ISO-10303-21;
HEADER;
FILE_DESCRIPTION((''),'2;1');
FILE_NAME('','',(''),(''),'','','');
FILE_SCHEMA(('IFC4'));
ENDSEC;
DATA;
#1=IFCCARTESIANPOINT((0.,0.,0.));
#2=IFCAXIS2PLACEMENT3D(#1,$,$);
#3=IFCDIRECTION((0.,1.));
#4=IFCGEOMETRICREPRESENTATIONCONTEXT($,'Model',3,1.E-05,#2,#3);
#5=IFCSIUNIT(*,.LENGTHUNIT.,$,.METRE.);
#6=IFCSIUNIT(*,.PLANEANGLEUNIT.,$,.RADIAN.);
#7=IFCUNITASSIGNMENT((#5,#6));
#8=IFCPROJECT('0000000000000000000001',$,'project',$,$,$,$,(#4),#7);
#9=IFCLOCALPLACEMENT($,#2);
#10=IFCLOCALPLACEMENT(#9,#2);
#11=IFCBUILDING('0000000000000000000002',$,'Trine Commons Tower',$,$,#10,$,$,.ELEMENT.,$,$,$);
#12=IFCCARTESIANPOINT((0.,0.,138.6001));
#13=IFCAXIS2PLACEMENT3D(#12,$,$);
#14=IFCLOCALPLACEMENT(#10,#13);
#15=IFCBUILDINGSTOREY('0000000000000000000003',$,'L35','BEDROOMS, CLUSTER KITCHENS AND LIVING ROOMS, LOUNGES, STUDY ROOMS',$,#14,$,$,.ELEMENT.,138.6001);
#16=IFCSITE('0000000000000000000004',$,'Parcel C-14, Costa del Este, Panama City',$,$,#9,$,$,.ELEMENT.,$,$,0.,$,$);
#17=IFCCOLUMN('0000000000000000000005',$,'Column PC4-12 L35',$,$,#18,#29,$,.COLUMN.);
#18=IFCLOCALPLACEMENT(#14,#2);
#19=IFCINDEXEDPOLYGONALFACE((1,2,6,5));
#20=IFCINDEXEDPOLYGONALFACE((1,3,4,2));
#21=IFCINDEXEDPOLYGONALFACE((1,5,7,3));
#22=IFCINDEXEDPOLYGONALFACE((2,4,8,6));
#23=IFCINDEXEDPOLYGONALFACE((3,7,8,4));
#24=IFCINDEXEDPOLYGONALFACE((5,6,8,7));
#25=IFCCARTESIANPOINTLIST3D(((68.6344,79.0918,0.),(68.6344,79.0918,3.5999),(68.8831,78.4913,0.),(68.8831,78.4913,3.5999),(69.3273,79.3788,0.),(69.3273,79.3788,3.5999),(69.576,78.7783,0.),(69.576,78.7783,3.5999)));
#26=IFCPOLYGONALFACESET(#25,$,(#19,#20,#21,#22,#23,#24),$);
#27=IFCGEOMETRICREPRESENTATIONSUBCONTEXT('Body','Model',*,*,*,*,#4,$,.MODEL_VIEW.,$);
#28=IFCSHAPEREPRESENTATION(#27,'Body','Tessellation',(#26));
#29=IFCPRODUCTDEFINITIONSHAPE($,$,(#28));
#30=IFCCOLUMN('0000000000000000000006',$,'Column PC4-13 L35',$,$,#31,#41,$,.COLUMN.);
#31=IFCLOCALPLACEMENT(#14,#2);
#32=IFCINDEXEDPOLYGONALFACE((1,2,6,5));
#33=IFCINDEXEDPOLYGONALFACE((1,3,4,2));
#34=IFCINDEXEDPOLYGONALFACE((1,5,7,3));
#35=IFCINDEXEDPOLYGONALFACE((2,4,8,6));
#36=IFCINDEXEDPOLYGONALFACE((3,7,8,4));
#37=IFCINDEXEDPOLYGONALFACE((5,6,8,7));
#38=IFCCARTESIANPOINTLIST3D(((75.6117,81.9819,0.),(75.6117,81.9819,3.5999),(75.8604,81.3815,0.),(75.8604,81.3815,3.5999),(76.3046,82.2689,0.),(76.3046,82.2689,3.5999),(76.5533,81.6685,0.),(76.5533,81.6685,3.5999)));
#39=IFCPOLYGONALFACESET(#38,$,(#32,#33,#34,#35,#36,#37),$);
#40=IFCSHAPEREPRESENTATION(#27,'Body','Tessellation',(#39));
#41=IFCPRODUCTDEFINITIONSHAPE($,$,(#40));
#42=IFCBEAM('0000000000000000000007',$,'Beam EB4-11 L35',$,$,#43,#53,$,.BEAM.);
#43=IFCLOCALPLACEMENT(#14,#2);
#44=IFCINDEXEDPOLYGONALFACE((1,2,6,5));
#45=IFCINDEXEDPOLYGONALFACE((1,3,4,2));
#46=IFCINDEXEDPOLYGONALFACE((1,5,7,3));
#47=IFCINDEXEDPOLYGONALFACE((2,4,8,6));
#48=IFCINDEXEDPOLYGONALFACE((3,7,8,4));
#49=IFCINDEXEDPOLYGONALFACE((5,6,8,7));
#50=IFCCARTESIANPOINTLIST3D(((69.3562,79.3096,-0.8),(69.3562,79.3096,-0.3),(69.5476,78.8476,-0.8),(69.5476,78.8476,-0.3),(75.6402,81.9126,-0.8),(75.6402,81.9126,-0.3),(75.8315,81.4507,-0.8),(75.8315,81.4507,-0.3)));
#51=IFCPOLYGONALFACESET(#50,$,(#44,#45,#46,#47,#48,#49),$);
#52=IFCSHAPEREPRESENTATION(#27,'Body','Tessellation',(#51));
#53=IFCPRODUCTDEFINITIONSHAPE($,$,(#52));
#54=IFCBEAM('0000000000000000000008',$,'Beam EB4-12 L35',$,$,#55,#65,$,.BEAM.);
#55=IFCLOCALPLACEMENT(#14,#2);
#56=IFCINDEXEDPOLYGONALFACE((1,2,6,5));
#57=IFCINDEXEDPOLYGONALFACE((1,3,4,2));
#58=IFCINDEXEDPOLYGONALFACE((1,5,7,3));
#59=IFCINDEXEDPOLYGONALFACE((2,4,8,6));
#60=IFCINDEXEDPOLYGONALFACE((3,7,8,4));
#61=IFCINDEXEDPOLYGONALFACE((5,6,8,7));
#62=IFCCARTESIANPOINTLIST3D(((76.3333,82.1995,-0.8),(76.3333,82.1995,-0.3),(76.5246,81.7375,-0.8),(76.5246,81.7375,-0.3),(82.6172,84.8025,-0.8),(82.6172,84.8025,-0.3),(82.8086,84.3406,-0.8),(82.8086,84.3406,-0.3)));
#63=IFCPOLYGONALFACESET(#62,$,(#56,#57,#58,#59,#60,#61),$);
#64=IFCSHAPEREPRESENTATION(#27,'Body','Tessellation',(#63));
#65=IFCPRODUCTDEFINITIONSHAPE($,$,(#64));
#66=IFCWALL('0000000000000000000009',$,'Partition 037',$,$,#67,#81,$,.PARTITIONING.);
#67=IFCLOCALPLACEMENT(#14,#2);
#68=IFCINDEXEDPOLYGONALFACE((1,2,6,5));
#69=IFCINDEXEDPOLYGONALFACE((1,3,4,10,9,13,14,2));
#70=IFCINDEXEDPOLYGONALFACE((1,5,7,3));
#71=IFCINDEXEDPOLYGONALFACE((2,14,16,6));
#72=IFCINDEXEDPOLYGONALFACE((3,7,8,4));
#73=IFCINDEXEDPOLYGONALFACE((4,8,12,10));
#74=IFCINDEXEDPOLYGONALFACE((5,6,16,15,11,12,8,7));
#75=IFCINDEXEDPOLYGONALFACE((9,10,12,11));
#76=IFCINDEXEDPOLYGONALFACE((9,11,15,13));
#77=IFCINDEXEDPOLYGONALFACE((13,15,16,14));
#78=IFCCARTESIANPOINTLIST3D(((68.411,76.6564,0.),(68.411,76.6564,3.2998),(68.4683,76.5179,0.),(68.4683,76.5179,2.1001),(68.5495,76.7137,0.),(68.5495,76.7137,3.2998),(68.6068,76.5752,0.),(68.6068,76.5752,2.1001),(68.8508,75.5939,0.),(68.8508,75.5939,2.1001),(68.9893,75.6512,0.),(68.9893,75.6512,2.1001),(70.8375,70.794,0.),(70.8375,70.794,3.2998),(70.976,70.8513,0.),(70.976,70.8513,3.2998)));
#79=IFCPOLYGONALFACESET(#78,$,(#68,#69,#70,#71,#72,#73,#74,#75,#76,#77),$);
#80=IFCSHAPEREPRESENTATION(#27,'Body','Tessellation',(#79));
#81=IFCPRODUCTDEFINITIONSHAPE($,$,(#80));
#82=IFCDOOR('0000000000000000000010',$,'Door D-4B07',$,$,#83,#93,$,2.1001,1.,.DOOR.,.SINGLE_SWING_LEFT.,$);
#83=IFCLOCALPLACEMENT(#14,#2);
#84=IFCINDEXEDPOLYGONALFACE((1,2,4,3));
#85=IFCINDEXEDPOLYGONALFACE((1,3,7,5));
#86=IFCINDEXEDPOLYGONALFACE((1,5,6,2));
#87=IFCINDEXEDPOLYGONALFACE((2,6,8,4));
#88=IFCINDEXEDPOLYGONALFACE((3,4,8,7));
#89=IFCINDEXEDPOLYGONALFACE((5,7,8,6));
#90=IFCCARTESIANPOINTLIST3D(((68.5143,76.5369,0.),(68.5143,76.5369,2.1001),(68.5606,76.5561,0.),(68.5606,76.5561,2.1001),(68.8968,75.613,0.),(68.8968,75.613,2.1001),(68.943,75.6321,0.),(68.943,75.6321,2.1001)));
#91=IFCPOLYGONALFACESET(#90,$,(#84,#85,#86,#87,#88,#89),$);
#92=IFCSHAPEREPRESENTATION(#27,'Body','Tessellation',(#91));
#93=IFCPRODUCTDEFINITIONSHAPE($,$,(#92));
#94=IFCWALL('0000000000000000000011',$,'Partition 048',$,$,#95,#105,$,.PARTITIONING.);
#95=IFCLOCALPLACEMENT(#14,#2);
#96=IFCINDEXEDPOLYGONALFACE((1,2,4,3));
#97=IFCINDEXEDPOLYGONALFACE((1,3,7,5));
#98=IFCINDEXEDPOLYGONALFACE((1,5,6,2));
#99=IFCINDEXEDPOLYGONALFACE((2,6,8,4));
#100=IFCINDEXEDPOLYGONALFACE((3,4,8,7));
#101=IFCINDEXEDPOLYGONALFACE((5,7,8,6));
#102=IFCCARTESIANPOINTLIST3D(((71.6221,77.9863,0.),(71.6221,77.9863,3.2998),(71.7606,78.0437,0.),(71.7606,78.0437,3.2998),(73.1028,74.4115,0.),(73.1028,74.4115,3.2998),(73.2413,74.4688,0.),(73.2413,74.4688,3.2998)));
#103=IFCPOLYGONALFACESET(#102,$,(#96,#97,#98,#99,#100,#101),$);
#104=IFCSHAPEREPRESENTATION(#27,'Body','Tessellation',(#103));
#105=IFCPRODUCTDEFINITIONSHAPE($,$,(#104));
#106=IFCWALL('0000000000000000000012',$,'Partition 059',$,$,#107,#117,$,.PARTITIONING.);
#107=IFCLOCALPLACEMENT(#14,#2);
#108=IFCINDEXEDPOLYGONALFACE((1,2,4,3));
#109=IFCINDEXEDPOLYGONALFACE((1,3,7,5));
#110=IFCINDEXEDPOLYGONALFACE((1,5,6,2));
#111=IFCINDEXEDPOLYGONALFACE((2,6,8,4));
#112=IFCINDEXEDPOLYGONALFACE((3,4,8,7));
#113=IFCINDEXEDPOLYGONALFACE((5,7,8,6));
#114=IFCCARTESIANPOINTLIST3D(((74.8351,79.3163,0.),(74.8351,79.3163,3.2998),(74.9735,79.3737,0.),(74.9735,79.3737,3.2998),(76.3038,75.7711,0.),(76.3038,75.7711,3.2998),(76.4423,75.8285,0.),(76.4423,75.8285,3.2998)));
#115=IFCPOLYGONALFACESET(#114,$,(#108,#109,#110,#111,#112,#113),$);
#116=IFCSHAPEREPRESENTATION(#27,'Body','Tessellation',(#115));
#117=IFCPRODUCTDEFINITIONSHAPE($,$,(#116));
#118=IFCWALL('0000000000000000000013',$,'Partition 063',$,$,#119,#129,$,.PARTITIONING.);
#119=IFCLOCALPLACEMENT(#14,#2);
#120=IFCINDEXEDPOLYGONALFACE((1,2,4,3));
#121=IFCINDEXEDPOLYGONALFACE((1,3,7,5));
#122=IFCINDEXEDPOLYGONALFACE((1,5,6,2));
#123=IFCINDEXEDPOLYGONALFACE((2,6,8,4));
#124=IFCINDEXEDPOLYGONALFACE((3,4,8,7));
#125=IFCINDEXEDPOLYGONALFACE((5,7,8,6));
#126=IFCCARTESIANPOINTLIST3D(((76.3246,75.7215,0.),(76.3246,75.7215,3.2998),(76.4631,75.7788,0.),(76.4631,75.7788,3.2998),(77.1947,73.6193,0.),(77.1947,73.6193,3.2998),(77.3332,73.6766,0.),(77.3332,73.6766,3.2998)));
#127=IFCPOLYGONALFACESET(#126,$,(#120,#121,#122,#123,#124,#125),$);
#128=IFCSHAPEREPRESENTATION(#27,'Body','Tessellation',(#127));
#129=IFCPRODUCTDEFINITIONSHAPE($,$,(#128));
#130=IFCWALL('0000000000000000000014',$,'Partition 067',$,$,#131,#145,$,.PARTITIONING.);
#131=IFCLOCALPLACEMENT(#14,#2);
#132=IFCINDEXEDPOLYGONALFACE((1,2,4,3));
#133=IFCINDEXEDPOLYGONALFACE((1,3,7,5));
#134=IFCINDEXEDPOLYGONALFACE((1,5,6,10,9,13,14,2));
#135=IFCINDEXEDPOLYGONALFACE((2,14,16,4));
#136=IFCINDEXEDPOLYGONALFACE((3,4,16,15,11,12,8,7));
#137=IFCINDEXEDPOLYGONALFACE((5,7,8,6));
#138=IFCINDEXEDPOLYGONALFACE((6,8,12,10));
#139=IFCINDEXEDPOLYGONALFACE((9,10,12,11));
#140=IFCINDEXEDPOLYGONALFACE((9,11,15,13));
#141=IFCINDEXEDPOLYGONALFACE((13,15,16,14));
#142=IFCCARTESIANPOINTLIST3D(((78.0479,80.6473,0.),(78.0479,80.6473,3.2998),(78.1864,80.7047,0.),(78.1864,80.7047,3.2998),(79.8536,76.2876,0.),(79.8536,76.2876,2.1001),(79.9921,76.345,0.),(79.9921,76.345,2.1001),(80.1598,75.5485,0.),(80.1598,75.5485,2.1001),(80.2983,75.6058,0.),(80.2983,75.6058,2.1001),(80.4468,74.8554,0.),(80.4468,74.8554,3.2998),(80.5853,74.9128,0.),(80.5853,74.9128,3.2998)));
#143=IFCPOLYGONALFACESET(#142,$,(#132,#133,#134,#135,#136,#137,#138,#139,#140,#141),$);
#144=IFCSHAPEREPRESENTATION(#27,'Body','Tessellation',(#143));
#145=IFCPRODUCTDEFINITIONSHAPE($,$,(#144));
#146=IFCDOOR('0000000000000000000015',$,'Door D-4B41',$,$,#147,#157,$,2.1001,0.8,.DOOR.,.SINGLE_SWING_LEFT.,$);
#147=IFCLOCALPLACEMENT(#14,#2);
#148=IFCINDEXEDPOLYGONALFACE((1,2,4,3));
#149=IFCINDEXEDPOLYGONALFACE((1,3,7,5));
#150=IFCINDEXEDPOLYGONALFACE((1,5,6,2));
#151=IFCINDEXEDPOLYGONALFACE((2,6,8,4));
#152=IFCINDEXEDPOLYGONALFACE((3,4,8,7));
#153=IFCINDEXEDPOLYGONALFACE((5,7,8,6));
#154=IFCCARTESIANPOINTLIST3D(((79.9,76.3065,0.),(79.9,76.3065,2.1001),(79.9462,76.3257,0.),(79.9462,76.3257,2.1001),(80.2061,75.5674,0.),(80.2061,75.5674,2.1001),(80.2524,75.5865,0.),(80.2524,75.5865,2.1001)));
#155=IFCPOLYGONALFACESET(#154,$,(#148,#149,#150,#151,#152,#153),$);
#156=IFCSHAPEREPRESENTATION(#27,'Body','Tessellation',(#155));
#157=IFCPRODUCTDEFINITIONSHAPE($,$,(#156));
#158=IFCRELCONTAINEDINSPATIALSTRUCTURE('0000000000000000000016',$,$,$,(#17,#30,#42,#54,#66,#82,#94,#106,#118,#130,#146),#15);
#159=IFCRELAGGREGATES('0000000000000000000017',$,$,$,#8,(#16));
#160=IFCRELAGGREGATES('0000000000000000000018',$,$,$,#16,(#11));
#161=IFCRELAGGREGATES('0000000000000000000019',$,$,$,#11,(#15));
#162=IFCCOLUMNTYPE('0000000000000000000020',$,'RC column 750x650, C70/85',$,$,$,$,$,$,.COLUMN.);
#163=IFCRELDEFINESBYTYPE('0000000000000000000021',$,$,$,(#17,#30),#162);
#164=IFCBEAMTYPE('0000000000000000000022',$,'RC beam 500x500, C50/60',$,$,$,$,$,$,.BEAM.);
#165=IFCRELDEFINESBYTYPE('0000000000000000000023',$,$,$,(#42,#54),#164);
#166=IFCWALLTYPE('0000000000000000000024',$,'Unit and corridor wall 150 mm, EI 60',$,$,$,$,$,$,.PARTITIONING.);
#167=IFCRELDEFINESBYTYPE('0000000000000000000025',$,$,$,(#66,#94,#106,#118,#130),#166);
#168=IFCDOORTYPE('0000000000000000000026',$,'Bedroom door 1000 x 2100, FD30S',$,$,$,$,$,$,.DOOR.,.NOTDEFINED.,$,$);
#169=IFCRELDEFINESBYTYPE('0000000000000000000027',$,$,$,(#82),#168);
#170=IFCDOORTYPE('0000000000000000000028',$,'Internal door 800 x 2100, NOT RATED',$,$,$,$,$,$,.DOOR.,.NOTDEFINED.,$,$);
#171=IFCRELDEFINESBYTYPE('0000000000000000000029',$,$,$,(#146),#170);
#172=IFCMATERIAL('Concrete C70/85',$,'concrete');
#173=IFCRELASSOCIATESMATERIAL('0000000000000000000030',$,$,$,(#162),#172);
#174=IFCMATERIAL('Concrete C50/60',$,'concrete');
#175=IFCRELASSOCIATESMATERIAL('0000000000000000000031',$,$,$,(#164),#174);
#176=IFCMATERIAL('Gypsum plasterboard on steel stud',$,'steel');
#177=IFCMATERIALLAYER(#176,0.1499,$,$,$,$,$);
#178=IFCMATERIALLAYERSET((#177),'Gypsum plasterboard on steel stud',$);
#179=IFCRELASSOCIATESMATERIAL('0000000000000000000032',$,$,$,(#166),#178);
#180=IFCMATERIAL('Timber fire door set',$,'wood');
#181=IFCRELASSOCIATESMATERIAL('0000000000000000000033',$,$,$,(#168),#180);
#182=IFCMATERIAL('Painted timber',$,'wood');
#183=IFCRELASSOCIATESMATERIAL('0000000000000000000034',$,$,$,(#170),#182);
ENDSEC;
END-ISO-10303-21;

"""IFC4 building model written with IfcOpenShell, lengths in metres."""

from ifc_helpers import new_model, si_unit, direction, frame, frame_2d, origin, origin_2d, place, context, subcontext, project, spatial, rectangle, extrude, material, layer, layer_set, material_profile, profile_set, type_object, element, fill, save


model = new_model("IFC4")

# Units and contexts
model_context = context("Model", 3, precision=1e-05, world=origin(), true_north=direction((0.0, 1.0)))
body_context = subcontext(model_context, "Body", "Model", "MODEL_VIEW")
ifc_project = project(units=[si_unit("LENGTHUNIT", "METRE"), si_unit("PLANEANGLEUNIT", "RADIAN")], contexts=[model_context])

# Site, building, storey
site_placement = place(None, origin())
site = spatial("IfcSite", under=ifc_project, at=site_placement, Name="Parcel C-14, Costa del Este, Panama City", CompositionType="ELEMENT", RefElevation=0.0)
building_placement = place(site_placement, origin())
building = spatial("IfcBuilding", under=site, at=building_placement, Name="Trine Commons Tower", CompositionType="ELEMENT")
storey_placement = place(building_placement, frame((0.0, 0.0, 138.6001)))
storey = spatial("IfcBuildingStorey", under=building, at=storey_placement, Name="L35", Description="BEDROOMS, CLUSTER KITCHENS AND LIVING ROOMS, LOUNGES, STUDY ROOMS", CompositionType="ELEMENT", Elevation=138.6001)

# Columns
ifc_material_1 = material(Name="Concrete C70/85", Category="concrete")
ifc_material_profile_1 = material_profile(ifc_material_1, rectangle(XDim=0.75, YDim=0.6499, at=origin_2d()), Name="RC 750x650")
ifc_profile_set_1 = profile_set([ifc_material_profile_1], Name="Concrete C70/85")
column_type = type_object("IfcColumnType", Name="RC column 750x650, C70/85", PredefinedType="COLUMN", material=ifc_profile_set_1)
for number, where, z_axis, x_axis, name in (
    (1, (69.1052, 78.9351, 0.0), (0.0, 0.0, 1.0), (0.92388, 0.382683, 0.0), "Column PC4-12 L35"),
    (2, (76.0825, 81.8252, 0.0), (0.0, 0.0, 1.0), (0.92388, 0.382683, 0.0), "Column PC4-13 L35"),
):
    element("IfcColumn", number, at=place(storey_placement, frame(where, z_axis=z_axis, x_axis=x_axis)), inside=storey, type_object=column_type, Name=name, PredefinedType="COLUMN", context=body_context, shape_type="SweptSolid", body=[
        extrude(rectangle(XDim=0.75, YDim=0.6499, at=origin_2d()), origin(), (0.0, 0.0, 1.0), 3.5999),
    ])

# Beams
ifc_material_2 = material(Name="Concrete C50/60", Category="concrete")
ifc_material_profile_2 = material_profile(ifc_material_2, rectangle(XDim=0.5, YDim=0.5, at=origin_2d()), Name="RC 500x500")
ifc_profile_set_2 = profile_set([ifc_material_profile_2], Name="Concrete C50/60")
beam_type = type_object("IfcBeamType", Name="RC beam 500x500, C50/60", PredefinedType="BEAM", material=ifc_profile_set_2)
for number, where, z_axis, x_axis, name in (
    (3, (69.4519, 79.0786, -0.55), (0.923872, 0.382701, 0.0), (-0.382701, 0.923872, 0.0), "Beam EB4-11 L35"),
    (4, (76.429, 81.9685, -0.55), (0.923872, 0.382701, 0.0), (-0.382701, 0.923872, 0.0), "Beam EB4-12 L35"),
):
    element("IfcBeam", number, at=place(storey_placement, frame(where, z_axis=z_axis, x_axis=x_axis)), inside=storey, type_object=beam_type, Name=name, PredefinedType="BEAM", context=body_context, shape_type="SweptSolid", body=[
        extrude(rectangle(XDim=0.5, YDim=0.5, at=origin_2d()), origin(), (0.0, 0.0, 1.0), 6.8018),
    ])

# Wall, opening, door
ifc_material_3 = material(Name="Gypsum plasterboard on steel stud", Category="steel")
ifc_layer_1 = layer(ifc_material_3, 0.1499)
ifc_layer_set_1 = layer_set([ifc_layer_1], Name="Gypsum plasterboard on steel stud")
wall_type_1 = type_object("IfcWallType", Name="Unit and corridor wall 150 mm, EI 60", PredefinedType="PARTITIONING", material=ifc_layer_set_1)
wall_1_placement = place(storey_placement, frame((68.4802, 76.6851, 0.0), z_axis=(0.0, 0.0, 1.0), x_axis=(0.38245, -0.923976, 0.0)))
wall_1 = element("IfcWall", 5, at=wall_1_placement, inside=storey, type_object=wall_type_1, Name="Partition 037", PredefinedType="PARTITIONING", context=body_context, shape_type="SweptSolid", body=[
    extrude(rectangle(XDim=6.3447, YDim=0.1499, at=frame_2d((3.1724, 0.0))), origin(), (0.0, 0.0, 1.0), 3.2998),
])
opening_1_placement = place(wall_1_placement, frame((0.1499, 0.0, 0.0)))
opening_1 = element("IfcOpeningElement", 6, at=opening_1_placement, cuts=wall_1, PredefinedType="OPENING", context=body_context, shape_type="SweptSolid", body=[
    extrude(rectangle(XDim=1.0, YDim=2.1001, at=frame_2d((0.5, 1.05))), frame((0.0, 0.085, 0.0), z_axis=(0.0, -1.0, 0.0), x_axis=(1.0, 0.0, 0.0)), (0.0, 0.0, 1.0), 0.1699),
])
ifc_material_4 = material(Name="Timber fire door set", Category="wood")
door_type_1 = type_object("IfcDoorType", Name="Bedroom door 1000 x 2100, FD30S", OperationType="NOTDEFINED", PredefinedType="DOOR", material=ifc_material_4)
door_1_placement = place(opening_1_placement, origin())
door_1 = element("IfcDoor", 7, at=door_1_placement, inside=storey, type_object=door_type_1, Name="Door D-4B07", OperationType="SINGLE_SWING_LEFT", OverallHeight=2.1001, OverallWidth=1.0, PredefinedType="DOOR", context=body_context, shape_type="SweptSolid", body=[
    extrude(rectangle(XDim=1.0, YDim=2.1001, at=frame_2d((0.5, 1.05))), frame((0.0, 0.0249, 0.0), z_axis=(0.0, -1.0, 0.0), x_axis=(1.0, 0.0, 0.0)), (0.0, 0.0, 1.0), 0.05),
])
fill(opening_1, door_1)

# Walls
wall_2_placement = place(storey_placement, frame((71.6914, 78.0149, 0.0), z_axis=(0.0, 0.0, 1.0), x_axis=(0.382666, -0.923887, 0.0)))
element("IfcWall", 8, at=wall_2_placement, inside=storey, type_object=wall_type_1, Name="Partition 048", PredefinedType="PARTITIONING", context=body_context, shape_type="SweptSolid", body=[
    extrude(rectangle(XDim=3.8694, YDim=0.1499, at=frame_2d((1.9346, 0.0))), origin(), (0.0, 0.0, 1.0), 3.2998),
])
wall_3_placement = place(storey_placement, frame((74.9043, 79.345, 0.0), z_axis=(0.0, 0.0, 1.0), x_axis=(0.382749, -0.923852, 0.0)))
element("IfcWall", 9, at=wall_3_placement, inside=storey, type_object=wall_type_1, Name="Partition 059", PredefinedType="PARTITIONING", context=body_context, shape_type="SweptSolid", body=[
    extrude(rectangle(XDim=3.8374, YDim=0.1499, at=frame_2d((1.9187, 0.0))), origin(), (0.0, 0.0, 1.0), 3.2998),
])
wall_4_placement = place(storey_placement, frame((76.3938, 75.7502, 0.0), z_axis=(0.0, 0.0, 1.0), x_axis=(0.382428, -0.923985, 0.0)))
element("IfcWall", 10, at=wall_4_placement, inside=storey, type_object=wall_type_1, Name="Partition 063", PredefinedType="PARTITIONING", context=body_context, shape_type="SweptSolid", body=[
    extrude(rectangle(XDim=2.2751, YDim=0.1499, at=frame_2d((1.1377, 0.0))), origin(), (0.0, 0.0, 1.0), 3.2998),
])

# Wall, opening, door
wall_5_placement = place(storey_placement, frame((78.1172, 80.676, 0.0), z_axis=(0.0, 0.0, 1.0), x_axis=(0.382657, -0.923891, 0.0)))
wall_5 = element("IfcWall", 11, at=wall_5_placement, inside=storey, type_object=wall_type_1, Name="Partition 067", PredefinedType="PARTITIONING", context=body_context, shape_type="SweptSolid", body=[
    extrude(rectangle(XDim=6.269, YDim=0.1499, at=frame_2d((3.1345, 0.0))), origin(), (0.0, 0.0, 1.0), 3.2998),
])
opening_2_placement = place(wall_5_placement, frame((4.719, 0.0, 0.0)))
opening_2 = element("IfcOpeningElement", 12, at=opening_2_placement, cuts=wall_5, PredefinedType="OPENING", context=body_context, shape_type="SweptSolid", body=[
    extrude(rectangle(XDim=0.8, YDim=2.1001, at=frame_2d((0.3999, 1.05))), frame((0.0, 0.085, 0.0), z_axis=(0.0, -1.0, 0.0), x_axis=(1.0, 0.0, 0.0)), (0.0, 0.0, 1.0), 0.1699),
])
ifc_material_5 = material(Name="Painted timber", Category="wood")
door_type_2 = type_object("IfcDoorType", Name="Internal door 800 x 2100, NOT RATED", OperationType="NOTDEFINED", PredefinedType="DOOR", material=ifc_material_5)
door_2_placement = place(opening_2_placement, frame((0.8, 0.0, 0.0), z_axis=(0.0, 0.0, 1.0), x_axis=(-1.0, 0.0, 0.0)))
door_2 = element("IfcDoor", 13, at=door_2_placement, inside=storey, type_object=door_type_2, Name="Door D-4B41", OperationType="SINGLE_SWING_LEFT", OverallHeight=2.1001, OverallWidth=0.8, PredefinedType="DOOR", context=body_context, shape_type="SweptSolid", body=[
    extrude(rectangle(XDim=0.8, YDim=2.1001, at=frame_2d((0.3999, 1.05))), frame((0.0, 0.0249, 0.0), z_axis=(0.0, -1.0, 0.0), x_axis=(1.0, 0.0, 0.0)), (0.0, 0.0, 1.0), 0.05),
])
fill(opening_2, door_2)

save(model, "model.ifc")
